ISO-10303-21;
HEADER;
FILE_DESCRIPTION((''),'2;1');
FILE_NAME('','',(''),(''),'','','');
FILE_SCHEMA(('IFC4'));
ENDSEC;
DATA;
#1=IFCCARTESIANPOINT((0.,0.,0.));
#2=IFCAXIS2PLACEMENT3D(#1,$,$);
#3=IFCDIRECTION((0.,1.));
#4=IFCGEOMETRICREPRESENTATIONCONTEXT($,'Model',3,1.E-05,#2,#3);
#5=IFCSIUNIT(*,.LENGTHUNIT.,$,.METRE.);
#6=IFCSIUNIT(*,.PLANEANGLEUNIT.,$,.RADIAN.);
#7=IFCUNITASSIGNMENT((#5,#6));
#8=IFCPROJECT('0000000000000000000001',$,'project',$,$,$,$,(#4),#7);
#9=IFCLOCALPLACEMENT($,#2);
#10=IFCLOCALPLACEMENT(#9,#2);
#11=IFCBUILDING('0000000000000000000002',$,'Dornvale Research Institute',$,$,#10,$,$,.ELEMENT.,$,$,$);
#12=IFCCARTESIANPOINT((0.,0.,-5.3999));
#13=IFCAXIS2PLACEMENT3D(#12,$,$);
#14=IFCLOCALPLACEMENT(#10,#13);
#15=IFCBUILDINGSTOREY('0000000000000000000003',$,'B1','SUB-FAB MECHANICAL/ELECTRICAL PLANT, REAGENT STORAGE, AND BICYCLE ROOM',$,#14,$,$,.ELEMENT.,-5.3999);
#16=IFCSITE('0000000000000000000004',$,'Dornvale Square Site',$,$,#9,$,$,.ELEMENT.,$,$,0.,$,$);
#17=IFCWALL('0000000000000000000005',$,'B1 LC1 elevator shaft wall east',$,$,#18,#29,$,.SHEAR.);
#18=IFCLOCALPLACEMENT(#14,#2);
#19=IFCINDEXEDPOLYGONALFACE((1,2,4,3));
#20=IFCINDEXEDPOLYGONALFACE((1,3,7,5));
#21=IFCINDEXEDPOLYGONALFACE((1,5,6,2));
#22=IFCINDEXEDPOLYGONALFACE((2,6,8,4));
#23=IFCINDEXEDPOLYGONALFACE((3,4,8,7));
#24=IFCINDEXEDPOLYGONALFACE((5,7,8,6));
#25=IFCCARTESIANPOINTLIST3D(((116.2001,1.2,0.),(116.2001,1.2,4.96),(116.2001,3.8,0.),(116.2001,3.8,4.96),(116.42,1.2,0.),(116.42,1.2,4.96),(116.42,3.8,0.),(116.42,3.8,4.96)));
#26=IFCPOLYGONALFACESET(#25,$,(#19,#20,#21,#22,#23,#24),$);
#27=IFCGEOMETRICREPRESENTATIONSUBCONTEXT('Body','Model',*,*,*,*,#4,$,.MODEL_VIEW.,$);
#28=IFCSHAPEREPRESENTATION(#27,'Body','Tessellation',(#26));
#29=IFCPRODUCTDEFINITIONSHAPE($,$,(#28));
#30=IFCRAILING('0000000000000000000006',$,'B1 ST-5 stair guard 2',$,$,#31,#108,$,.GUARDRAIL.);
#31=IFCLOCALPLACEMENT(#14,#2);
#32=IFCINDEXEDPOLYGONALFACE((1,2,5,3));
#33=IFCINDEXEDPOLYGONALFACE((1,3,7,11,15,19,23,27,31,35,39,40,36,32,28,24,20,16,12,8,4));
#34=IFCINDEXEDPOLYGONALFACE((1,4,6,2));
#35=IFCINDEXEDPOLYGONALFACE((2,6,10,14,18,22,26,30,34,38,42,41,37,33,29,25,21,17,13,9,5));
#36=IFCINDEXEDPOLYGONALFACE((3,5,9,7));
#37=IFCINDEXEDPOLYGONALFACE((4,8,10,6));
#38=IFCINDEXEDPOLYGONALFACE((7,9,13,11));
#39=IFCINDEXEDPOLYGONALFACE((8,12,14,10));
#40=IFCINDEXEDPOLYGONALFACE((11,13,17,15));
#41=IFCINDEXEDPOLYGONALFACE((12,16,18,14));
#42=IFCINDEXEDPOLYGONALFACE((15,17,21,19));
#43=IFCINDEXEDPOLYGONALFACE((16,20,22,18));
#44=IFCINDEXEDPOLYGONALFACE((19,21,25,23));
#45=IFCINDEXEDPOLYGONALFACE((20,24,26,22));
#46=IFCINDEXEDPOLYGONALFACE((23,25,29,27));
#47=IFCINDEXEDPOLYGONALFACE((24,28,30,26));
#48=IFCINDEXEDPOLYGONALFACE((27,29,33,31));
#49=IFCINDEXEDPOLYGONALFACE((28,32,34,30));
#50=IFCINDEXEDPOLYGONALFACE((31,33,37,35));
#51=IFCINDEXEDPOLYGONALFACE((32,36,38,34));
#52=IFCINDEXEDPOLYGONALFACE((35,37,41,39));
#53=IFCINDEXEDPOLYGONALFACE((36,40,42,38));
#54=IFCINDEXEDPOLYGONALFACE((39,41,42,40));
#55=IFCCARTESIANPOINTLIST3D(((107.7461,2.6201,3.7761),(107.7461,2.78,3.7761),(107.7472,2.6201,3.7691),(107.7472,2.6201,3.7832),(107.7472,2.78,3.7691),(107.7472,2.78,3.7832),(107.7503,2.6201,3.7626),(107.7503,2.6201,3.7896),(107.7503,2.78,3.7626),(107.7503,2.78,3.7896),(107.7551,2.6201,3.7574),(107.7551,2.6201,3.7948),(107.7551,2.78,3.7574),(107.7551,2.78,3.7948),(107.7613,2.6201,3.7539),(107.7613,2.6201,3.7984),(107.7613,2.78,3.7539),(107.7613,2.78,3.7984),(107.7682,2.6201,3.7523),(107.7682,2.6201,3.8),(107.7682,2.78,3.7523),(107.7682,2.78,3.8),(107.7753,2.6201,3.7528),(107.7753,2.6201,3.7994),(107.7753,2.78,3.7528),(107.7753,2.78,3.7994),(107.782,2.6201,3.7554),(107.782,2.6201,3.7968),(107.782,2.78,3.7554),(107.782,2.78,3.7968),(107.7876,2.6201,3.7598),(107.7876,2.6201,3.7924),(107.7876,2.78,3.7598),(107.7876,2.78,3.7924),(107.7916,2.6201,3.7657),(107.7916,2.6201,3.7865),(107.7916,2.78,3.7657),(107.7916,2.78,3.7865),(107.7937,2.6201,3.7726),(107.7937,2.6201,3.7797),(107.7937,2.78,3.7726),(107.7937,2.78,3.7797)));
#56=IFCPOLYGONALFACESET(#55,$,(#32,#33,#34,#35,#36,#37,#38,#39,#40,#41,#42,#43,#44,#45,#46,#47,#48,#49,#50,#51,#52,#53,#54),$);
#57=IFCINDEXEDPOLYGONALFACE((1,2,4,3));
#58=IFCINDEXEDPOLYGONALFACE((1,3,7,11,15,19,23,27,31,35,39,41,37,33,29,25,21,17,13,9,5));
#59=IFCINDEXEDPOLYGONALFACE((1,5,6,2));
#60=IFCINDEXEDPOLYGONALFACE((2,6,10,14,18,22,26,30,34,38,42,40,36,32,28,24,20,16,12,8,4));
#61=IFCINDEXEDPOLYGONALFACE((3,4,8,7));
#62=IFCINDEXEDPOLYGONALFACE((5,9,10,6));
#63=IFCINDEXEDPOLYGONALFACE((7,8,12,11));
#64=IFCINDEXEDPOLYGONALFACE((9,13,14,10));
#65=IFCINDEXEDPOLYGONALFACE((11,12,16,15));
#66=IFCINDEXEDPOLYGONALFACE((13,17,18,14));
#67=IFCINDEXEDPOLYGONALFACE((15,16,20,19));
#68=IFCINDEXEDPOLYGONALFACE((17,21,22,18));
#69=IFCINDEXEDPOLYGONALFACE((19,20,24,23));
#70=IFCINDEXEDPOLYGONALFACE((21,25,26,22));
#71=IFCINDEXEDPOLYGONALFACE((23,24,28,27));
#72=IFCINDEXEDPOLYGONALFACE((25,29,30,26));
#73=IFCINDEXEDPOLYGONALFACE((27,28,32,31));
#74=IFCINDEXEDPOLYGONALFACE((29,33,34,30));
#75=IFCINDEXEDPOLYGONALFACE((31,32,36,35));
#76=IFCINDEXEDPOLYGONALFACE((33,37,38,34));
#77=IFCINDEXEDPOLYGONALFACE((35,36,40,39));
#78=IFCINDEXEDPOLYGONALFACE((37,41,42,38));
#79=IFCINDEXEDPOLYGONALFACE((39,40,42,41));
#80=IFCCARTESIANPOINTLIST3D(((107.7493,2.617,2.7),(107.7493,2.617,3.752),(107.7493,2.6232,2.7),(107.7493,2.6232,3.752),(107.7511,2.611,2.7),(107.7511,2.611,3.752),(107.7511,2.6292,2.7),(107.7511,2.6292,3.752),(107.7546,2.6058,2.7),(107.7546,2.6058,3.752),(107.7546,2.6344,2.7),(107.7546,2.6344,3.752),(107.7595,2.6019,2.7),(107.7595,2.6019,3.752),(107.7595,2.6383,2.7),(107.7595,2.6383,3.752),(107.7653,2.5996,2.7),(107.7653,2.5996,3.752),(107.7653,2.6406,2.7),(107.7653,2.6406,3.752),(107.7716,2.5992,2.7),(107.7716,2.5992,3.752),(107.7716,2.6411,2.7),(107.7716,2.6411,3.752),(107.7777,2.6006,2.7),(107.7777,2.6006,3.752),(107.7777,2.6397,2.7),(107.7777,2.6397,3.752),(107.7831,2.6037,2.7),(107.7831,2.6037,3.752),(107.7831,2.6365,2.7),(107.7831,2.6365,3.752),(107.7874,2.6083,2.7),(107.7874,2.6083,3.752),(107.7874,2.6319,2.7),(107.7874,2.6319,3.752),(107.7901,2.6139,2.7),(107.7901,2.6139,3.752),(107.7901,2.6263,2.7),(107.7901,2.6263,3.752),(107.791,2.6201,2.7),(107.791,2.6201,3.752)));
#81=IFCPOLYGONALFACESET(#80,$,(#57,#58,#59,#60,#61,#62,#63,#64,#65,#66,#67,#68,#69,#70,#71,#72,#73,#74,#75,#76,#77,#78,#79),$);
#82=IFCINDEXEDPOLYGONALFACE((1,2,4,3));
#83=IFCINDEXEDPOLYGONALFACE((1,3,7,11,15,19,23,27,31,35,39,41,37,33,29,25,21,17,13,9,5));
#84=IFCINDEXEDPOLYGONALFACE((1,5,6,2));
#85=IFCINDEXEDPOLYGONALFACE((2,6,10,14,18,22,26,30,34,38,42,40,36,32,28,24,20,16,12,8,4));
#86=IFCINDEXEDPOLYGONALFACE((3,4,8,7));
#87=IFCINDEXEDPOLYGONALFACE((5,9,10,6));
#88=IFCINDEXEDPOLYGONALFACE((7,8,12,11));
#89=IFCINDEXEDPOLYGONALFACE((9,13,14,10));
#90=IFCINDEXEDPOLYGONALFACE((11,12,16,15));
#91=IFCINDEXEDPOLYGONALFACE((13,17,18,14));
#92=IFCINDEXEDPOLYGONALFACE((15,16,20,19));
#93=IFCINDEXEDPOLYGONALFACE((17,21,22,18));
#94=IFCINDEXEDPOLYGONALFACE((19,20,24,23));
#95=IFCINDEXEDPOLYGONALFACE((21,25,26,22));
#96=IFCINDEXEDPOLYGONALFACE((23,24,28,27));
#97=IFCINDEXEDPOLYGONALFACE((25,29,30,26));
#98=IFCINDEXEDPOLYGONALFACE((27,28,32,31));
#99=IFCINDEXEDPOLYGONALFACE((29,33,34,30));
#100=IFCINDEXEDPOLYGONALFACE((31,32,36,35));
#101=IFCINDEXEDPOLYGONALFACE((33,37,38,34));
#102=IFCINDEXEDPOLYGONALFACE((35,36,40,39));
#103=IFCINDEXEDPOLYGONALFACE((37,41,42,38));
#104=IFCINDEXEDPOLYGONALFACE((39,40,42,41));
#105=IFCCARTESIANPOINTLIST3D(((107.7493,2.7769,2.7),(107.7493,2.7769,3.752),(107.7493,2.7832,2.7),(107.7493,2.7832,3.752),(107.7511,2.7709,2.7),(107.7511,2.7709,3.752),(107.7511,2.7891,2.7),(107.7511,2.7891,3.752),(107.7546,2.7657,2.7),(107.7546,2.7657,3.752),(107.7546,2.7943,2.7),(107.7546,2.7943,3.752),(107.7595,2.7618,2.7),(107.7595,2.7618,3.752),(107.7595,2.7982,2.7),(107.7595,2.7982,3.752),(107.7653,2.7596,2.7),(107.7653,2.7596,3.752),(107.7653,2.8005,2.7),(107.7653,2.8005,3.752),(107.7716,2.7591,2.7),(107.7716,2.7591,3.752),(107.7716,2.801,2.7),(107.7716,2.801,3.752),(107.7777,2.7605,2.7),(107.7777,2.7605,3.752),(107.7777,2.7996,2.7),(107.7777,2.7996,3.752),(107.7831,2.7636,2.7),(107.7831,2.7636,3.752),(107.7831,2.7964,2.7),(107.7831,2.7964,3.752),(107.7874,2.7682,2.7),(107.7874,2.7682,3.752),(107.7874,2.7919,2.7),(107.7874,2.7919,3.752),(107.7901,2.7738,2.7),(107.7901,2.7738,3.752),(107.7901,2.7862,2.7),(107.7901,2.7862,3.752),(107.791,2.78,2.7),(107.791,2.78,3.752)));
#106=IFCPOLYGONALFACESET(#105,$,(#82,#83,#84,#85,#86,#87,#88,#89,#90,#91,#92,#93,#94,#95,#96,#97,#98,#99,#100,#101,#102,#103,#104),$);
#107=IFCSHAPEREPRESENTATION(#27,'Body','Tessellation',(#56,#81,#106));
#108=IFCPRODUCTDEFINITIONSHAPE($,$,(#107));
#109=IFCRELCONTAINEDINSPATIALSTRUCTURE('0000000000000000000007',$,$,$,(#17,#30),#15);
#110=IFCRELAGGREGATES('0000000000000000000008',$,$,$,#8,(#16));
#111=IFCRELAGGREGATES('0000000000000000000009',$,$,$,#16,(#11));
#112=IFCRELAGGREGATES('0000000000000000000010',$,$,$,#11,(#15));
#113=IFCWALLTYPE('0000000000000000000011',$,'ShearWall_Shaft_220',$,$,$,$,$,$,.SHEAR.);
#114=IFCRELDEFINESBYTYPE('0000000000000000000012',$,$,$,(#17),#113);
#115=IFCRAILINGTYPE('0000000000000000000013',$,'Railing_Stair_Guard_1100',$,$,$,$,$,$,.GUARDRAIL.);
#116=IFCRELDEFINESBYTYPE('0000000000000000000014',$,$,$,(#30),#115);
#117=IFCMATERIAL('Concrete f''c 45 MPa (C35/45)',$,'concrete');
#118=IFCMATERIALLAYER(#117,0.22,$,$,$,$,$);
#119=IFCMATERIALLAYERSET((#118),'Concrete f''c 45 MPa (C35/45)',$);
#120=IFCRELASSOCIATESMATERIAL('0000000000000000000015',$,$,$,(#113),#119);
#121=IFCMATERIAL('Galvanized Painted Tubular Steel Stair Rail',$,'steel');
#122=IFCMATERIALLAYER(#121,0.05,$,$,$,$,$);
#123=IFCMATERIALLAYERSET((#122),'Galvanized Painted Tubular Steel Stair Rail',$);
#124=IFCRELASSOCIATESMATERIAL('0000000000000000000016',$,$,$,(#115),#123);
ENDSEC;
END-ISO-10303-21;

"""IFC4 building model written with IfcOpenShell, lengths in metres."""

from ifc_helpers import new_model, si_unit, direction, frame, frame_2d, origin, origin_2d, place, context, subcontext, project, spatial, rectangle, circle, extrude, material, layer, layer_set, type_object, element, save


model = new_model("IFC4")

# Units and contexts
model_context = context("Model", 3, precision=1e-05, world=origin(), true_north=direction((0.0, 1.0)))
body_context = subcontext(model_context, "Body", "Model", "MODEL_VIEW")
ifc_project = project(units=[si_unit("LENGTHUNIT", "METRE"), si_unit("PLANEANGLEUNIT", "RADIAN")], contexts=[model_context])

# Site, building, storey
site_placement = place(None, origin())
site = spatial("IfcSite", under=ifc_project, at=site_placement, Name="Dornvale Square Site", CompositionType="ELEMENT", RefElevation=0.0)
building_placement = place(site_placement, origin())
building = spatial("IfcBuilding", under=site, at=building_placement, Name="Dornvale Research Institute", CompositionType="ELEMENT")
storey_placement = place(building_placement, frame((0.0, 0.0, -5.3999)))
storey = spatial("IfcBuildingStorey", under=building, at=storey_placement, Name="B1", Description="SUB-FAB MECHANICAL/ELECTRICAL PLANT, REAGENT STORAGE, AND BICYCLE ROOM", CompositionType="ELEMENT", Elevation=-5.3999)

# Shared definitions
ifc_material_1 = material(Name="Concrete f'c 45 MPa (C35/45)", Category="concrete")
ifc_layer_1 = layer(ifc_material_1, 0.22)
ifc_layer_set_1 = layer_set([ifc_layer_1], Name="Concrete f'c 45 MPa (C35/45)")
wall_type_1 = type_object("IfcWallType", Name="ShearWall_Shaft_220", PredefinedType="SHEAR", material=ifc_layer_set_1)

# Wall
for number, where, z_axis, x_axis, name in (
    (1, (116.3101, 1.2, 0.0), (0.0, 0.0, 1.0), (0.0, 1.0, 0.0), "B1 LC1 elevator shaft wall east"),
):
    element("IfcWall", number, at=place(storey_placement, frame(where, z_axis=z_axis, x_axis=x_axis)), inside=storey, type_object=wall_type_1, Name=name, PredefinedType="SHEAR", context=body_context, shape_type="SweptSolid", body=[
        extrude(rectangle(XDim=2.6001, YDim=0.22, at=frame_2d((1.3, 0.0))), origin(), (0.0, 0.0, 1.0), 4.96),
    ])

# Railing
ifc_material_2 = material(Name="Galvanized Painted Tubular Steel Stair Rail", Category="steel")
ifc_layer_2 = layer(ifc_material_2, 0.05)
ifc_layer_set_2 = layer_set([ifc_layer_2], Name="Galvanized Painted Tubular Steel Stair Rail")
railing_type_1 = type_object("IfcRailingType", Name="Railing_Stair_Guard_1100", PredefinedType="GUARDRAIL", material=ifc_layer_set_2)
railing_1_placement = place(storey_placement, frame((107.77, 2.6201, 2.7)))
element("IfcRailing", 2, at=railing_1_placement, inside=storey, type_object=railing_type_1, Name="B1 ST-5 stair guard 2", PredefinedType="GUARDRAIL", context=body_context, shape_type="SweptSolid", body=[
    extrude(circle(Radius=0.0239, at=origin_2d()), frame((0.0, 0.0, 1.0762), z_axis=(0.0, 1.0, 0.0), x_axis=(-1.0, 0.0, 0.0)), (0.0, 0.0, 1.0), 0.1599),
    extrude(circle(Radius=0.021, at=origin_2d()), origin(), (0.0, 0.0, 1.0), 1.052),
    extrude(circle(Radius=0.021, at=origin_2d()), frame((0.0, 0.1599, 0.0)), (0.0, 0.0, 1.0), 1.052),
])

save(model, "model.ifc")
